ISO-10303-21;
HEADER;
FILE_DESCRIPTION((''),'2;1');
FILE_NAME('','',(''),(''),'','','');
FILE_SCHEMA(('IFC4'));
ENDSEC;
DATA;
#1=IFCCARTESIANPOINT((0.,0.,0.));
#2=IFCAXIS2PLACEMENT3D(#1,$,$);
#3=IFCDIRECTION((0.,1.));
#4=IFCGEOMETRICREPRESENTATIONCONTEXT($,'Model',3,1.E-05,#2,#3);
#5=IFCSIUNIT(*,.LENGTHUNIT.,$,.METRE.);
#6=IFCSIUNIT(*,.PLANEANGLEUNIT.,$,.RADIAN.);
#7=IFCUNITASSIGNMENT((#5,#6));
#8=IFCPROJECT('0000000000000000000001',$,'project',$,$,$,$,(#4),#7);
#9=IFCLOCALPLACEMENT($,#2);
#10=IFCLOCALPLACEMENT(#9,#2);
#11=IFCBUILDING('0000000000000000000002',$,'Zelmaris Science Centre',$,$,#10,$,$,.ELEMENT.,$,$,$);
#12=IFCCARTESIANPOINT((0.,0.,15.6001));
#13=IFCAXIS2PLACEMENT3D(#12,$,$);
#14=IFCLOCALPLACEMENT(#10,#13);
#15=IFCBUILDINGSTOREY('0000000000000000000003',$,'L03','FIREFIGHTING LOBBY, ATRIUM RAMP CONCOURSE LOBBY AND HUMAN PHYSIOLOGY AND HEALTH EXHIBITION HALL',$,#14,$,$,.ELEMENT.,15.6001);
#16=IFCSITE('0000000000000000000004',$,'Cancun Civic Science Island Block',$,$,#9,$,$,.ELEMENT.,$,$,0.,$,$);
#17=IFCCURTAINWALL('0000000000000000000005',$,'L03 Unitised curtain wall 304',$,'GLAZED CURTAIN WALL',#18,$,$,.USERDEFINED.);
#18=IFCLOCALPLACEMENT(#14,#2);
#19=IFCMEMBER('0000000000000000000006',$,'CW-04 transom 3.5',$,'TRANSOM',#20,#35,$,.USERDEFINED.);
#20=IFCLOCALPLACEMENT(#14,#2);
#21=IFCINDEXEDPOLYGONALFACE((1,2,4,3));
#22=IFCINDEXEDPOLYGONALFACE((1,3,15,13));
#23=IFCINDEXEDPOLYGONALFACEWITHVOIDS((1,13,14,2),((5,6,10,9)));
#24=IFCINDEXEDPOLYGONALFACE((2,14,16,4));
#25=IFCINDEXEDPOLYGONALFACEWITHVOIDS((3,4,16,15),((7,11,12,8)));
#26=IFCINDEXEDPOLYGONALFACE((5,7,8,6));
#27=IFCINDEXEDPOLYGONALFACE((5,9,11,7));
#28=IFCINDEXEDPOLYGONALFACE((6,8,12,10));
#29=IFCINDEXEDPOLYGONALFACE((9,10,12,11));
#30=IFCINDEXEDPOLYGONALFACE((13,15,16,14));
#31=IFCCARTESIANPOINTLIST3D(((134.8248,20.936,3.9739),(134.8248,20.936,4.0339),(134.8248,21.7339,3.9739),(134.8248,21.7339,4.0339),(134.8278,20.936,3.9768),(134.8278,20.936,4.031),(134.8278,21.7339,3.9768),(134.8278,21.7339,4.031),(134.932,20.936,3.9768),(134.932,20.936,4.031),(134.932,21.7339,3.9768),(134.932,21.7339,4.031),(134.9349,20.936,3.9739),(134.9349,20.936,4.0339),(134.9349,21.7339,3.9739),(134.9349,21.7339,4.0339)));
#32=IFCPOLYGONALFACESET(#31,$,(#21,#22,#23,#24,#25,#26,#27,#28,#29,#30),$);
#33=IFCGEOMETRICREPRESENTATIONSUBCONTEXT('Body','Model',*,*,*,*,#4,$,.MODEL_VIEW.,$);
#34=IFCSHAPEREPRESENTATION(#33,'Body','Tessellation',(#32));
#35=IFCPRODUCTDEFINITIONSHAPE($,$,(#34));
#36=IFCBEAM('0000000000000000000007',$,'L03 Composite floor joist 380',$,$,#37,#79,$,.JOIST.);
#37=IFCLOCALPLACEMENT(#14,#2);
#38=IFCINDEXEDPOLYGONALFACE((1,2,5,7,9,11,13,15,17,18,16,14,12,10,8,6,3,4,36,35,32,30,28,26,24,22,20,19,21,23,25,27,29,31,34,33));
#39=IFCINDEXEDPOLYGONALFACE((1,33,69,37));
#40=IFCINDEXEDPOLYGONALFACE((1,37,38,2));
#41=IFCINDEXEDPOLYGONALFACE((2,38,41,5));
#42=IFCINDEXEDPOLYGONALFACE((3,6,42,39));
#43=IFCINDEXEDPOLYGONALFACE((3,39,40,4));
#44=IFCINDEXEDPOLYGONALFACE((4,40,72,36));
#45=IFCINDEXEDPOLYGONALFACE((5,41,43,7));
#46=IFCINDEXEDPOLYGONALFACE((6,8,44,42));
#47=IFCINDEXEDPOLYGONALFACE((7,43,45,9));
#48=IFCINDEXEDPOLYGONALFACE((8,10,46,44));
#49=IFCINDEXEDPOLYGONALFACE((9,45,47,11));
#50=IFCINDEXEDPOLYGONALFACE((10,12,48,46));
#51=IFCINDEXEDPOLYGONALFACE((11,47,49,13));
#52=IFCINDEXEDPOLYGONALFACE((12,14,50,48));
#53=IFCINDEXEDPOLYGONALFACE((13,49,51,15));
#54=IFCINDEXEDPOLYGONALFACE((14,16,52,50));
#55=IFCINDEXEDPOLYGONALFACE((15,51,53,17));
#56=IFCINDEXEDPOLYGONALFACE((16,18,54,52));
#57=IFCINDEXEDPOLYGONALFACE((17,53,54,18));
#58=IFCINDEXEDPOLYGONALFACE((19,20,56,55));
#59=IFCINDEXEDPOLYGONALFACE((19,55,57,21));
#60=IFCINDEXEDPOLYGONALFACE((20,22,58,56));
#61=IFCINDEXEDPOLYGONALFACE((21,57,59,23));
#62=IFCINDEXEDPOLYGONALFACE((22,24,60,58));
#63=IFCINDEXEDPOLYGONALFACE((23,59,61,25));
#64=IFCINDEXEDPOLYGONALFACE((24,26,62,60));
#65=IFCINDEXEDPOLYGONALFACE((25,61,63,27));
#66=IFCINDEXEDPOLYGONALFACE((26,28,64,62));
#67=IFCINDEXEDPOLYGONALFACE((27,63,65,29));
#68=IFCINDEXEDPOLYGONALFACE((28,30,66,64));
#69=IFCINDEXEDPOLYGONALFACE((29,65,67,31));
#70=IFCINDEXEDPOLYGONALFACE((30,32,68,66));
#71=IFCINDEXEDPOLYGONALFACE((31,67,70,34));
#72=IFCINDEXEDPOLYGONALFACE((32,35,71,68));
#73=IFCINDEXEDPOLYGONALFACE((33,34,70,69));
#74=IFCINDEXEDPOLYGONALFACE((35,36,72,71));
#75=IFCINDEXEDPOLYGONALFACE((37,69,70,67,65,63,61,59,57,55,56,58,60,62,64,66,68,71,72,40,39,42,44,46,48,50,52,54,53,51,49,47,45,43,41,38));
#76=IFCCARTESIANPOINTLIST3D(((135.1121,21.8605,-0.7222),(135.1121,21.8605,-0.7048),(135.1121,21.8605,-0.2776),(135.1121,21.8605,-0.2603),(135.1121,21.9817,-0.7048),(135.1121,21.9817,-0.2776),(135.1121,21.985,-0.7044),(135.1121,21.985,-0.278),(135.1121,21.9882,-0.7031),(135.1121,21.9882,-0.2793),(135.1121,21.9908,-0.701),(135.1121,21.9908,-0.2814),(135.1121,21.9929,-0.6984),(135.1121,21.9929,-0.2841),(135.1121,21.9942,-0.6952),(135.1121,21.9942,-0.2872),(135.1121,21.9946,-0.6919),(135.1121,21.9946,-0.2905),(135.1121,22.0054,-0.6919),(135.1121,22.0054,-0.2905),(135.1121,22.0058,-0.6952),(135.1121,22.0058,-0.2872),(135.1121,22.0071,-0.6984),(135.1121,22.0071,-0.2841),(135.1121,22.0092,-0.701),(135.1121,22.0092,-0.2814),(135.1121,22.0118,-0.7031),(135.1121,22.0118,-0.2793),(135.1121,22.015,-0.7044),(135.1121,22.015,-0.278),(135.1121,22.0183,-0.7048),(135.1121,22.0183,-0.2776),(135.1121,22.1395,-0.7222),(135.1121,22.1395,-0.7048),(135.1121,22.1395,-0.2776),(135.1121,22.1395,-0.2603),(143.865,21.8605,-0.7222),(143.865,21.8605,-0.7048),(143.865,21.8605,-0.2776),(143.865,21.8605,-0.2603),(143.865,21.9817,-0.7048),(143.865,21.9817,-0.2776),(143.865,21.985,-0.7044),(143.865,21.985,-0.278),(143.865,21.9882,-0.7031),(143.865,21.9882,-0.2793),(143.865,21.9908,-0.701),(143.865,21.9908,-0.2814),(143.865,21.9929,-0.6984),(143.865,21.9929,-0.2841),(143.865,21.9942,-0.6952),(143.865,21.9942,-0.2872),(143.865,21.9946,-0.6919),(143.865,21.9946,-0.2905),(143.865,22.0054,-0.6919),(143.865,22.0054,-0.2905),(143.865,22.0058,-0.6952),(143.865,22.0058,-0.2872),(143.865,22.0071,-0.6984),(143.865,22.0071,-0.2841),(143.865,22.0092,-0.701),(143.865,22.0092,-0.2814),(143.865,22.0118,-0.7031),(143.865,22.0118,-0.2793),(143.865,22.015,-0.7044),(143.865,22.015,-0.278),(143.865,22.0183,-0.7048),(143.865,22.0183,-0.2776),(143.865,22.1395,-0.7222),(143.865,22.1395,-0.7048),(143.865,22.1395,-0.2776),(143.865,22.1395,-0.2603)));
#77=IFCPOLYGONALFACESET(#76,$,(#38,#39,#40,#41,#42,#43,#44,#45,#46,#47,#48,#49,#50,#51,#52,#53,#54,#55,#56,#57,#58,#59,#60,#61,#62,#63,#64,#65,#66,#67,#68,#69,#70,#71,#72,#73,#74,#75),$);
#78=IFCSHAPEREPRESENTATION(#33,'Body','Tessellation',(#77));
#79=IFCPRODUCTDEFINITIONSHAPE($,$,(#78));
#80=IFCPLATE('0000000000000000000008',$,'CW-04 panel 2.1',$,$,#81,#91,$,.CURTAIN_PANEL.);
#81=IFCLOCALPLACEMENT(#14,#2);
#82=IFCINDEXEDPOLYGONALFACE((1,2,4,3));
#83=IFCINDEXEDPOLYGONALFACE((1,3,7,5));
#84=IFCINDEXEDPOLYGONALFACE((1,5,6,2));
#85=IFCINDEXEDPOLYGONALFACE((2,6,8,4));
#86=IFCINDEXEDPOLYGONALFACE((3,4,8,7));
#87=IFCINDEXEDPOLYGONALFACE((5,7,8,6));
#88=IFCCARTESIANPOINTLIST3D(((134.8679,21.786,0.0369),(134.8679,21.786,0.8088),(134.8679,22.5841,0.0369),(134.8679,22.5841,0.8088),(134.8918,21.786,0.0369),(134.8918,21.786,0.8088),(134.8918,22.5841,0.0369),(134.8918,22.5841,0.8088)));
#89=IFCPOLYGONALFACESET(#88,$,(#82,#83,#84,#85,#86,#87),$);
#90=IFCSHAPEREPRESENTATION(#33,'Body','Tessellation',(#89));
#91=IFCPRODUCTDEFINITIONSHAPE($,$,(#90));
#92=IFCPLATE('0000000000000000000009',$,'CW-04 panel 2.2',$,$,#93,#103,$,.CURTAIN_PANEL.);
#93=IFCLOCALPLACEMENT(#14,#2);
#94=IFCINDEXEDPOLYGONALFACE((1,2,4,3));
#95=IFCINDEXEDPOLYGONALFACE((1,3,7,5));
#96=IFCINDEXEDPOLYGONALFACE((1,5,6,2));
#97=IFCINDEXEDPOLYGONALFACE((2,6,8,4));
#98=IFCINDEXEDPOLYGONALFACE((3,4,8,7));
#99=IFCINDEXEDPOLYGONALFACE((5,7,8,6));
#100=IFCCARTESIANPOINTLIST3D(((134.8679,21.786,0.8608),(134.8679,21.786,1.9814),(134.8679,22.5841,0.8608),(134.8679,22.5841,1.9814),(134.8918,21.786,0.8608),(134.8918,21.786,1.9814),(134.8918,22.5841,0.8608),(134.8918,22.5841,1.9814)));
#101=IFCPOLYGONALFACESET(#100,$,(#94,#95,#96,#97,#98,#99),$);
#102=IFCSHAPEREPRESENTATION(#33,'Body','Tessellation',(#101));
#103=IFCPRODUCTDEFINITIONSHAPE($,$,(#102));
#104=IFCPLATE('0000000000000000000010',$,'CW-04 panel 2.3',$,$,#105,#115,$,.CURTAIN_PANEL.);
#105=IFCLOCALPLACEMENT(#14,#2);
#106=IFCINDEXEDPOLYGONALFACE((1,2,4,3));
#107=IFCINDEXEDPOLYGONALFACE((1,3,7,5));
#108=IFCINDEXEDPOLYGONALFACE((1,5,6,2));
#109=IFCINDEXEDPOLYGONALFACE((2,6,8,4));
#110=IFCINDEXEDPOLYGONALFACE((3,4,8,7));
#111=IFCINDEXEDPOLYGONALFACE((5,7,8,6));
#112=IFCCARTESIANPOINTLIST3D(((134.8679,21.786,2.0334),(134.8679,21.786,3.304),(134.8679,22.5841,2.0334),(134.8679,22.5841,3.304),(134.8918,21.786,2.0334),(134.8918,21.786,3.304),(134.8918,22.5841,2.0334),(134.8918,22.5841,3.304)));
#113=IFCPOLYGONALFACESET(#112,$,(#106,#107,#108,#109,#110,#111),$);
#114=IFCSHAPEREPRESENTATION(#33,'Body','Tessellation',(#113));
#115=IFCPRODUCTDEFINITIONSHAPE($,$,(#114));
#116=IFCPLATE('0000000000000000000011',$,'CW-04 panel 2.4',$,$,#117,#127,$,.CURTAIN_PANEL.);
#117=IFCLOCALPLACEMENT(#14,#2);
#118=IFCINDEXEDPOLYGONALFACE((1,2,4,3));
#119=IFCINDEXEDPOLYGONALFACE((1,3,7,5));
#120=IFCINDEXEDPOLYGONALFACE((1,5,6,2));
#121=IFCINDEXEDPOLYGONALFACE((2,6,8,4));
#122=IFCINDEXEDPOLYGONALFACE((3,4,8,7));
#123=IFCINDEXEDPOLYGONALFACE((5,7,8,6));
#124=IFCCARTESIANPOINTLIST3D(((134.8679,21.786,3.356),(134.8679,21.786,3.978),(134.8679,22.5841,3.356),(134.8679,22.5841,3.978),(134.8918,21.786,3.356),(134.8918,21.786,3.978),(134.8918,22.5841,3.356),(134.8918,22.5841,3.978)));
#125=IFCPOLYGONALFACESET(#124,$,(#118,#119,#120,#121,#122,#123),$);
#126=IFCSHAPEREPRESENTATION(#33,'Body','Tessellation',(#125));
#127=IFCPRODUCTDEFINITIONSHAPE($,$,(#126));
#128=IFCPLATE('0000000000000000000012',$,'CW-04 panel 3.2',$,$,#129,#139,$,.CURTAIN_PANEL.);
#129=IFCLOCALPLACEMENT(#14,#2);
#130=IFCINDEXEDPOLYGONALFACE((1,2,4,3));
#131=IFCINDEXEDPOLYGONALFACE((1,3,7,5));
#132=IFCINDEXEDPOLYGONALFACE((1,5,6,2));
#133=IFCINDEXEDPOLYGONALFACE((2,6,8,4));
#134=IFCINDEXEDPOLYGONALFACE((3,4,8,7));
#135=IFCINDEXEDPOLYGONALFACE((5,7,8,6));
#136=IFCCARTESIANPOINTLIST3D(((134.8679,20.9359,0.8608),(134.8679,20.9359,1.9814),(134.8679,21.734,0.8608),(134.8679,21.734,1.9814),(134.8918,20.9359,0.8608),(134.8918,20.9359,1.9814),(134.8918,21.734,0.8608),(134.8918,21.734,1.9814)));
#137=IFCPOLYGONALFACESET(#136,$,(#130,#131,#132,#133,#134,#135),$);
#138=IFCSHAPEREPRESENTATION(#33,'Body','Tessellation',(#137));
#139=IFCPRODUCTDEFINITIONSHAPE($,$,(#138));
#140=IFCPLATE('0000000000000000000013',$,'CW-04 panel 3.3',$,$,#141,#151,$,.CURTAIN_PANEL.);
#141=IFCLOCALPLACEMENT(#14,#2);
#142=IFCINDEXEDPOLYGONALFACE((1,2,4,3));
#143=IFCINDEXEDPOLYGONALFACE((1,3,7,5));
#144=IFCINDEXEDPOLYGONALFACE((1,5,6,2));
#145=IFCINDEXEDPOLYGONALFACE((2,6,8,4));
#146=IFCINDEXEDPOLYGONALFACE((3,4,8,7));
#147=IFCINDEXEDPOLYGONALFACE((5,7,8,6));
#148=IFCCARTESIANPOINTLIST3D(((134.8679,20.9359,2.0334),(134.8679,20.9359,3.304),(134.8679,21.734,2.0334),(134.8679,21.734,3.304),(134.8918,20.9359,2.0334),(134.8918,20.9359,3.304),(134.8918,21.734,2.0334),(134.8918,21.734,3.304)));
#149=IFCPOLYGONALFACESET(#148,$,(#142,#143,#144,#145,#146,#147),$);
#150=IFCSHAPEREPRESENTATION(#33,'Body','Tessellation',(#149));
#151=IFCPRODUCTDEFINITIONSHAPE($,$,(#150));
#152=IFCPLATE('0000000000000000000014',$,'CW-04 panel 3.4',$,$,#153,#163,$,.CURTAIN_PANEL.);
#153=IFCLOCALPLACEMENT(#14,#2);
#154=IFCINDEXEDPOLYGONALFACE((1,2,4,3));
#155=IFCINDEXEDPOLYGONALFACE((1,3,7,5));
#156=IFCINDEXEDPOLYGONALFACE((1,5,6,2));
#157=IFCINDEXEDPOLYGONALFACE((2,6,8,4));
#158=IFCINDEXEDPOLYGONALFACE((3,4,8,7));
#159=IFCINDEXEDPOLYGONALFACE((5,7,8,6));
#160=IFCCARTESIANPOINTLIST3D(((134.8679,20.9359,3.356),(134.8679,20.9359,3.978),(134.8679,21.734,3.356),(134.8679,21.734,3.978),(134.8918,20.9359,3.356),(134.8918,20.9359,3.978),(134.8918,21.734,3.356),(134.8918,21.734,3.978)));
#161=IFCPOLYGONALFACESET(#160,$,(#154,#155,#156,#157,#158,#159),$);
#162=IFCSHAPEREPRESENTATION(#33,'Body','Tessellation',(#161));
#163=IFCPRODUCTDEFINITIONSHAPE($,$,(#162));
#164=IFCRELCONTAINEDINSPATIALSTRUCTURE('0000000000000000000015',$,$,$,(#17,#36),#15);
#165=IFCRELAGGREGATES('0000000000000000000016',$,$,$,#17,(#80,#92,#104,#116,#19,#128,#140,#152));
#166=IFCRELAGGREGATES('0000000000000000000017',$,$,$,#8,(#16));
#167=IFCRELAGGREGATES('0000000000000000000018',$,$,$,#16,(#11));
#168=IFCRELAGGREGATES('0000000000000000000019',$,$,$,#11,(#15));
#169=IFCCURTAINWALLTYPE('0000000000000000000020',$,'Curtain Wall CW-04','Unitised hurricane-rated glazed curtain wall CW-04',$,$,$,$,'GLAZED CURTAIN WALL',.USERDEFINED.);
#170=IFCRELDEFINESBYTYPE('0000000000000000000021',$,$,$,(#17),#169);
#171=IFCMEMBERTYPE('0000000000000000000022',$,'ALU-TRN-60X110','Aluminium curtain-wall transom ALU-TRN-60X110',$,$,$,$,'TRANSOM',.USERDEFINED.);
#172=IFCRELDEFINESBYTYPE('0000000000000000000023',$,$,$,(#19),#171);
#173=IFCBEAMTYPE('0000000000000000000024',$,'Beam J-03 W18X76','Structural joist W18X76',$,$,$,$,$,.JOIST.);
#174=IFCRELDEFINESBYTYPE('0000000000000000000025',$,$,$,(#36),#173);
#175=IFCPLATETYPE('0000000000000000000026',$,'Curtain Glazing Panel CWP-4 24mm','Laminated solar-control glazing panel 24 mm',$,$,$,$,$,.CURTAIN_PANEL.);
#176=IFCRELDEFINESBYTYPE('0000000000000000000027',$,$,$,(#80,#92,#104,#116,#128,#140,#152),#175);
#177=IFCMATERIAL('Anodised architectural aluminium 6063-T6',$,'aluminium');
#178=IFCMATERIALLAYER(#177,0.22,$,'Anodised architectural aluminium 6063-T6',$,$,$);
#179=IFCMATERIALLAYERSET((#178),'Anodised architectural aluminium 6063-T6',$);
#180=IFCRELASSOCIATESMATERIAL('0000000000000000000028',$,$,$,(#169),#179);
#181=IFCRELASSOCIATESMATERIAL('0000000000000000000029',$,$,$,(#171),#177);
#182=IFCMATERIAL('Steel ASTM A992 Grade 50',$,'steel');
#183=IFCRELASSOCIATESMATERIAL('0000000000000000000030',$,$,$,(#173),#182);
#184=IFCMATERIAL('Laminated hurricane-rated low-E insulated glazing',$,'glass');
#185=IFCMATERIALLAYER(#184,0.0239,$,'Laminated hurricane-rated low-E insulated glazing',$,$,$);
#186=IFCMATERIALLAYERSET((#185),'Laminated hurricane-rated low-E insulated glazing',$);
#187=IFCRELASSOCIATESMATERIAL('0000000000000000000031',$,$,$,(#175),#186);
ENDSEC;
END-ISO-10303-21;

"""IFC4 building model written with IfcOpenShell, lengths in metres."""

from ifc_helpers import new_model, si_unit, direction, frame, origin, origin_2d, place, context, subcontext, project, spatial, rectangle, hollow_rectangle, i_section, extrude, material, layer, layer_set, material_profile, profile_set, type_object, element, aggregate, save


model = new_model("IFC4")

# Units and contexts
model_context = context("Model", 3, precision=1e-05, world=origin(), true_north=direction((0.0, 1.0)))
body_context = subcontext(model_context, "Body", "Model", "MODEL_VIEW")
ifc_project = project(units=[si_unit("LENGTHUNIT", "METRE"), si_unit("PLANEANGLEUNIT", "RADIAN")], contexts=[model_context])

# Site, building, storey
site_placement = place(None, origin())
site = spatial("IfcSite", under=ifc_project, at=site_placement, Name="Cancun Civic Science Island Block", CompositionType="ELEMENT", RefElevation=0.0)
building_placement = place(site_placement, origin())
building = spatial("IfcBuilding", under=site, at=building_placement, Name="Zelmaris Science Centre", CompositionType="ELEMENT")
storey_placement = place(building_placement, frame((0.0, 0.0, 15.6001)))
storey = spatial("IfcBuildingStorey", under=building, at=storey_placement, Name="L03", Description="FIREFIGHTING LOBBY, ATRIUM RAMP CONCOURSE LOBBY AND HUMAN PHYSIOLOGY AND HEALTH EXHIBITION HALL", CompositionType="ELEMENT", Elevation=15.6001)

# Curtain wall, member
ifc_material_1 = material(Name="Anodised architectural aluminium 6063-T6", Category="aluminium")
ifc_layer_1 = layer(ifc_material_1, 0.22, Name="Anodised architectural aluminium 6063-T6")
ifc_layer_set_1 = layer_set([ifc_layer_1], Name="Anodised architectural aluminium 6063-T6")
curtain_wall_type = type_object("IfcCurtainWallType", Name="Curtain Wall CW-04", Description="Unitised hurricane-rated glazed curtain wall CW-04", ElementType="GLAZED CURTAIN WALL", PredefinedType="USERDEFINED", material=ifc_layer_set_1)
curtain_wall_placement = place(storey_placement, origin())
curtain_wall = element("IfcCurtainWall", 1, at=curtain_wall_placement, inside=storey, type_object=curtain_wall_type, Name="L03 Unitised curtain wall 304", ObjectType="GLAZED CURTAIN WALL", PredefinedType="USERDEFINED")
ifc_material_profile_1 = material_profile(ifc_material_1, hollow_rectangle(XDim=0.0601, YDim=0.1101, WallThickness=0.0029, at=origin_2d()), Name="ALU-TRN-60X110")
ifc_profile_set_1 = profile_set([ifc_material_profile_1], Name="Anodised architectural aluminium 6063-T6")
member_type_1 = type_object("IfcMemberType", Name="ALU-TRN-60X110", Description="Aluminium curtain-wall transom ALU-TRN-60X110", ElementType="TRANSOM", PredefinedType="USERDEFINED", material=ifc_profile_set_1)
member_1_placement = place(storey_placement, frame((134.8799, 21.7339, 4.0039), z_axis=(0.0, -1.0, 0.0), x_axis=(0.0, 0.0, 1.0)))
member_1 = element("IfcMember", 2, at=member_1_placement, type_object=member_type_1, Name="CW-04 transom 3.5", ObjectType="TRANSOM", PredefinedType="USERDEFINED", context=body_context, shape_type="SweptSolid", body=[
    extrude(hollow_rectangle(XDim=0.0601, YDim=0.1101, WallThickness=0.0029, at=origin_2d()), origin(), (0.0, 0.0, 1.0), 0.7979),
])

# Beam
ifc_material_2 = material(Name="Steel ASTM A992 Grade 50", Category="steel")
ifc_material_profile_2 = material_profile(ifc_material_2, i_section(OverallWidth=0.2791, OverallDepth=0.4619, WebThickness=0.0107, FlangeThickness=0.0173, FilletRadius=0.0129, at=origin_2d()), Name="W18X76")
ifc_profile_set_2 = profile_set([ifc_material_profile_2], Name="Steel ASTM A992 Grade 50")
beam_type = type_object("IfcBeamType", Name="Beam J-03 W18X76", Description="Structural joist W18X76", PredefinedType="JOIST", material=ifc_profile_set_2)
beam_placement = place(storey_placement, frame((135.1121, 22.0, -0.4912), z_axis=(1.0, 0.0, 0.0), x_axis=(0.0, 1.0, 0.0)))
element("IfcBeam", 3, at=beam_placement, inside=storey, type_object=beam_type, Name="L03 Composite floor joist 380", PredefinedType="JOIST", context=body_context, shape_type="SweptSolid", body=[
    extrude(i_section(OverallWidth=0.2791, OverallDepth=0.4619, WebThickness=0.0107, FlangeThickness=0.0173, FilletRadius=0.0129, at=origin_2d()), origin(), (0.0, 0.0, 1.0), 8.7529),
])

# Plates
ifc_material_3 = material(Name="Laminated hurricane-rated low-E insulated glazing", Category="glass")
ifc_layer_2 = layer(ifc_material_3, 0.0239, Name="Laminated hurricane-rated low-E insulated glazing")
ifc_layer_set_2 = layer_set([ifc_layer_2], Name="Laminated hurricane-rated low-E insulated glazing")
plate_type = type_object("IfcPlateType", Name="Curtain Glazing Panel CWP-4 24mm", Description="Laminated solar-control glazing panel 24 mm", PredefinedType="CURTAIN_PANEL", material=ifc_layer_set_2)
plate_1_placement = place(storey_placement, frame((134.8799, 22.1851, 0.0369), z_axis=(0.0, 0.0, 1.0), x_axis=(0.0, -1.0, 0.0)))
plate_1 = element("IfcPlate", 4, at=plate_1_placement, type_object=plate_type, Name="CW-04 panel 2.1", PredefinedType="CURTAIN_PANEL", context=body_context, shape_type="SweptSolid", body=[
    extrude(rectangle(XDim=0.7981, YDim=0.0239, at=origin_2d()), origin(), (0.0, 0.0, 1.0), 0.772),
])
plate_2_placement = place(storey_placement, frame((134.8799, 22.1851, 0.8608), z_axis=(0.0, 0.0, 1.0), x_axis=(0.0, -1.0, 0.0)))
plate_2 = element("IfcPlate", 5, at=plate_2_placement, type_object=plate_type, Name="CW-04 panel 2.2", PredefinedType="CURTAIN_PANEL", context=body_context, shape_type="SweptSolid", body=[
    extrude(rectangle(XDim=0.7981, YDim=0.0239, at=origin_2d()), origin(), (0.0, 0.0, 1.0), 1.1206),
])
plate_3_placement = place(storey_placement, frame((134.8799, 22.1851, 2.0334), z_axis=(0.0, 0.0, 1.0), x_axis=(0.0, -1.0, 0.0)))
plate_3 = element("IfcPlate", 6, at=plate_3_placement, type_object=plate_type, Name="CW-04 panel 2.3", PredefinedType="CURTAIN_PANEL", context=body_context, shape_type="SweptSolid", body=[
    extrude(rectangle(XDim=0.7981, YDim=0.0239, at=origin_2d()), origin(), (0.0, 0.0, 1.0), 1.2705),
])
plate_4_placement = place(storey_placement, frame((134.8799, 22.1851, 3.356), z_axis=(0.0, 0.0, 1.0), x_axis=(0.0, -1.0, 0.0)))
plate_4 = element("IfcPlate", 7, at=plate_4_placement, type_object=plate_type, Name="CW-04 panel 2.4", PredefinedType="CURTAIN_PANEL", context=body_context, shape_type="SweptSolid", body=[
    extrude(rectangle(XDim=0.7981, YDim=0.0239, at=origin_2d()), origin(), (0.0, 0.0, 1.0), 0.6221),
])
plate_5_placement = place(storey_placement, frame((134.8799, 21.335, 0.8608), z_axis=(0.0, 0.0, 1.0), x_axis=(0.0, -1.0, 0.0)))
plate_5 = element("IfcPlate", 8, at=plate_5_placement, type_object=plate_type, Name="CW-04 panel 3.2", PredefinedType="CURTAIN_PANEL", context=body_context, shape_type="SweptSolid", body=[
    extrude(rectangle(XDim=0.7981, YDim=0.0239, at=origin_2d()), origin(), (0.0, 0.0, 1.0), 1.1206),
])
plate_6_placement = place(storey_placement, frame((134.8799, 21.335, 2.0334), z_axis=(0.0, 0.0, 1.0), x_axis=(0.0, -1.0, 0.0)))
plate_6 = element("IfcPlate", 9, at=plate_6_placement, type_object=plate_type, Name="CW-04 panel 3.3", PredefinedType="CURTAIN_PANEL", context=body_context, shape_type="SweptSolid", body=[
    extrude(rectangle(XDim=0.7981, YDim=0.0239, at=origin_2d()), origin(), (0.0, 0.0, 1.0), 1.2705),
])
plate_7_placement = place(storey_placement, frame((134.8799, 21.335, 3.356), z_axis=(0.0, 0.0, 1.0), x_axis=(0.0, -1.0, 0.0)))
plate_7 = element("IfcPlate", 10, at=plate_7_placement, type_object=plate_type, Name="CW-04 panel 3.4", PredefinedType="CURTAIN_PANEL", context=body_context, shape_type="SweptSolid", body=[
    extrude(rectangle(XDim=0.7981, YDim=0.0239, at=origin_2d()), origin(), (0.0, 0.0, 1.0), 0.6221),
])
aggregate(curtain_wall, [plate_1, plate_2, plate_3, plate_4, member_1, plate_5, plate_6, plate_7])

save(model, "model.ifc")
